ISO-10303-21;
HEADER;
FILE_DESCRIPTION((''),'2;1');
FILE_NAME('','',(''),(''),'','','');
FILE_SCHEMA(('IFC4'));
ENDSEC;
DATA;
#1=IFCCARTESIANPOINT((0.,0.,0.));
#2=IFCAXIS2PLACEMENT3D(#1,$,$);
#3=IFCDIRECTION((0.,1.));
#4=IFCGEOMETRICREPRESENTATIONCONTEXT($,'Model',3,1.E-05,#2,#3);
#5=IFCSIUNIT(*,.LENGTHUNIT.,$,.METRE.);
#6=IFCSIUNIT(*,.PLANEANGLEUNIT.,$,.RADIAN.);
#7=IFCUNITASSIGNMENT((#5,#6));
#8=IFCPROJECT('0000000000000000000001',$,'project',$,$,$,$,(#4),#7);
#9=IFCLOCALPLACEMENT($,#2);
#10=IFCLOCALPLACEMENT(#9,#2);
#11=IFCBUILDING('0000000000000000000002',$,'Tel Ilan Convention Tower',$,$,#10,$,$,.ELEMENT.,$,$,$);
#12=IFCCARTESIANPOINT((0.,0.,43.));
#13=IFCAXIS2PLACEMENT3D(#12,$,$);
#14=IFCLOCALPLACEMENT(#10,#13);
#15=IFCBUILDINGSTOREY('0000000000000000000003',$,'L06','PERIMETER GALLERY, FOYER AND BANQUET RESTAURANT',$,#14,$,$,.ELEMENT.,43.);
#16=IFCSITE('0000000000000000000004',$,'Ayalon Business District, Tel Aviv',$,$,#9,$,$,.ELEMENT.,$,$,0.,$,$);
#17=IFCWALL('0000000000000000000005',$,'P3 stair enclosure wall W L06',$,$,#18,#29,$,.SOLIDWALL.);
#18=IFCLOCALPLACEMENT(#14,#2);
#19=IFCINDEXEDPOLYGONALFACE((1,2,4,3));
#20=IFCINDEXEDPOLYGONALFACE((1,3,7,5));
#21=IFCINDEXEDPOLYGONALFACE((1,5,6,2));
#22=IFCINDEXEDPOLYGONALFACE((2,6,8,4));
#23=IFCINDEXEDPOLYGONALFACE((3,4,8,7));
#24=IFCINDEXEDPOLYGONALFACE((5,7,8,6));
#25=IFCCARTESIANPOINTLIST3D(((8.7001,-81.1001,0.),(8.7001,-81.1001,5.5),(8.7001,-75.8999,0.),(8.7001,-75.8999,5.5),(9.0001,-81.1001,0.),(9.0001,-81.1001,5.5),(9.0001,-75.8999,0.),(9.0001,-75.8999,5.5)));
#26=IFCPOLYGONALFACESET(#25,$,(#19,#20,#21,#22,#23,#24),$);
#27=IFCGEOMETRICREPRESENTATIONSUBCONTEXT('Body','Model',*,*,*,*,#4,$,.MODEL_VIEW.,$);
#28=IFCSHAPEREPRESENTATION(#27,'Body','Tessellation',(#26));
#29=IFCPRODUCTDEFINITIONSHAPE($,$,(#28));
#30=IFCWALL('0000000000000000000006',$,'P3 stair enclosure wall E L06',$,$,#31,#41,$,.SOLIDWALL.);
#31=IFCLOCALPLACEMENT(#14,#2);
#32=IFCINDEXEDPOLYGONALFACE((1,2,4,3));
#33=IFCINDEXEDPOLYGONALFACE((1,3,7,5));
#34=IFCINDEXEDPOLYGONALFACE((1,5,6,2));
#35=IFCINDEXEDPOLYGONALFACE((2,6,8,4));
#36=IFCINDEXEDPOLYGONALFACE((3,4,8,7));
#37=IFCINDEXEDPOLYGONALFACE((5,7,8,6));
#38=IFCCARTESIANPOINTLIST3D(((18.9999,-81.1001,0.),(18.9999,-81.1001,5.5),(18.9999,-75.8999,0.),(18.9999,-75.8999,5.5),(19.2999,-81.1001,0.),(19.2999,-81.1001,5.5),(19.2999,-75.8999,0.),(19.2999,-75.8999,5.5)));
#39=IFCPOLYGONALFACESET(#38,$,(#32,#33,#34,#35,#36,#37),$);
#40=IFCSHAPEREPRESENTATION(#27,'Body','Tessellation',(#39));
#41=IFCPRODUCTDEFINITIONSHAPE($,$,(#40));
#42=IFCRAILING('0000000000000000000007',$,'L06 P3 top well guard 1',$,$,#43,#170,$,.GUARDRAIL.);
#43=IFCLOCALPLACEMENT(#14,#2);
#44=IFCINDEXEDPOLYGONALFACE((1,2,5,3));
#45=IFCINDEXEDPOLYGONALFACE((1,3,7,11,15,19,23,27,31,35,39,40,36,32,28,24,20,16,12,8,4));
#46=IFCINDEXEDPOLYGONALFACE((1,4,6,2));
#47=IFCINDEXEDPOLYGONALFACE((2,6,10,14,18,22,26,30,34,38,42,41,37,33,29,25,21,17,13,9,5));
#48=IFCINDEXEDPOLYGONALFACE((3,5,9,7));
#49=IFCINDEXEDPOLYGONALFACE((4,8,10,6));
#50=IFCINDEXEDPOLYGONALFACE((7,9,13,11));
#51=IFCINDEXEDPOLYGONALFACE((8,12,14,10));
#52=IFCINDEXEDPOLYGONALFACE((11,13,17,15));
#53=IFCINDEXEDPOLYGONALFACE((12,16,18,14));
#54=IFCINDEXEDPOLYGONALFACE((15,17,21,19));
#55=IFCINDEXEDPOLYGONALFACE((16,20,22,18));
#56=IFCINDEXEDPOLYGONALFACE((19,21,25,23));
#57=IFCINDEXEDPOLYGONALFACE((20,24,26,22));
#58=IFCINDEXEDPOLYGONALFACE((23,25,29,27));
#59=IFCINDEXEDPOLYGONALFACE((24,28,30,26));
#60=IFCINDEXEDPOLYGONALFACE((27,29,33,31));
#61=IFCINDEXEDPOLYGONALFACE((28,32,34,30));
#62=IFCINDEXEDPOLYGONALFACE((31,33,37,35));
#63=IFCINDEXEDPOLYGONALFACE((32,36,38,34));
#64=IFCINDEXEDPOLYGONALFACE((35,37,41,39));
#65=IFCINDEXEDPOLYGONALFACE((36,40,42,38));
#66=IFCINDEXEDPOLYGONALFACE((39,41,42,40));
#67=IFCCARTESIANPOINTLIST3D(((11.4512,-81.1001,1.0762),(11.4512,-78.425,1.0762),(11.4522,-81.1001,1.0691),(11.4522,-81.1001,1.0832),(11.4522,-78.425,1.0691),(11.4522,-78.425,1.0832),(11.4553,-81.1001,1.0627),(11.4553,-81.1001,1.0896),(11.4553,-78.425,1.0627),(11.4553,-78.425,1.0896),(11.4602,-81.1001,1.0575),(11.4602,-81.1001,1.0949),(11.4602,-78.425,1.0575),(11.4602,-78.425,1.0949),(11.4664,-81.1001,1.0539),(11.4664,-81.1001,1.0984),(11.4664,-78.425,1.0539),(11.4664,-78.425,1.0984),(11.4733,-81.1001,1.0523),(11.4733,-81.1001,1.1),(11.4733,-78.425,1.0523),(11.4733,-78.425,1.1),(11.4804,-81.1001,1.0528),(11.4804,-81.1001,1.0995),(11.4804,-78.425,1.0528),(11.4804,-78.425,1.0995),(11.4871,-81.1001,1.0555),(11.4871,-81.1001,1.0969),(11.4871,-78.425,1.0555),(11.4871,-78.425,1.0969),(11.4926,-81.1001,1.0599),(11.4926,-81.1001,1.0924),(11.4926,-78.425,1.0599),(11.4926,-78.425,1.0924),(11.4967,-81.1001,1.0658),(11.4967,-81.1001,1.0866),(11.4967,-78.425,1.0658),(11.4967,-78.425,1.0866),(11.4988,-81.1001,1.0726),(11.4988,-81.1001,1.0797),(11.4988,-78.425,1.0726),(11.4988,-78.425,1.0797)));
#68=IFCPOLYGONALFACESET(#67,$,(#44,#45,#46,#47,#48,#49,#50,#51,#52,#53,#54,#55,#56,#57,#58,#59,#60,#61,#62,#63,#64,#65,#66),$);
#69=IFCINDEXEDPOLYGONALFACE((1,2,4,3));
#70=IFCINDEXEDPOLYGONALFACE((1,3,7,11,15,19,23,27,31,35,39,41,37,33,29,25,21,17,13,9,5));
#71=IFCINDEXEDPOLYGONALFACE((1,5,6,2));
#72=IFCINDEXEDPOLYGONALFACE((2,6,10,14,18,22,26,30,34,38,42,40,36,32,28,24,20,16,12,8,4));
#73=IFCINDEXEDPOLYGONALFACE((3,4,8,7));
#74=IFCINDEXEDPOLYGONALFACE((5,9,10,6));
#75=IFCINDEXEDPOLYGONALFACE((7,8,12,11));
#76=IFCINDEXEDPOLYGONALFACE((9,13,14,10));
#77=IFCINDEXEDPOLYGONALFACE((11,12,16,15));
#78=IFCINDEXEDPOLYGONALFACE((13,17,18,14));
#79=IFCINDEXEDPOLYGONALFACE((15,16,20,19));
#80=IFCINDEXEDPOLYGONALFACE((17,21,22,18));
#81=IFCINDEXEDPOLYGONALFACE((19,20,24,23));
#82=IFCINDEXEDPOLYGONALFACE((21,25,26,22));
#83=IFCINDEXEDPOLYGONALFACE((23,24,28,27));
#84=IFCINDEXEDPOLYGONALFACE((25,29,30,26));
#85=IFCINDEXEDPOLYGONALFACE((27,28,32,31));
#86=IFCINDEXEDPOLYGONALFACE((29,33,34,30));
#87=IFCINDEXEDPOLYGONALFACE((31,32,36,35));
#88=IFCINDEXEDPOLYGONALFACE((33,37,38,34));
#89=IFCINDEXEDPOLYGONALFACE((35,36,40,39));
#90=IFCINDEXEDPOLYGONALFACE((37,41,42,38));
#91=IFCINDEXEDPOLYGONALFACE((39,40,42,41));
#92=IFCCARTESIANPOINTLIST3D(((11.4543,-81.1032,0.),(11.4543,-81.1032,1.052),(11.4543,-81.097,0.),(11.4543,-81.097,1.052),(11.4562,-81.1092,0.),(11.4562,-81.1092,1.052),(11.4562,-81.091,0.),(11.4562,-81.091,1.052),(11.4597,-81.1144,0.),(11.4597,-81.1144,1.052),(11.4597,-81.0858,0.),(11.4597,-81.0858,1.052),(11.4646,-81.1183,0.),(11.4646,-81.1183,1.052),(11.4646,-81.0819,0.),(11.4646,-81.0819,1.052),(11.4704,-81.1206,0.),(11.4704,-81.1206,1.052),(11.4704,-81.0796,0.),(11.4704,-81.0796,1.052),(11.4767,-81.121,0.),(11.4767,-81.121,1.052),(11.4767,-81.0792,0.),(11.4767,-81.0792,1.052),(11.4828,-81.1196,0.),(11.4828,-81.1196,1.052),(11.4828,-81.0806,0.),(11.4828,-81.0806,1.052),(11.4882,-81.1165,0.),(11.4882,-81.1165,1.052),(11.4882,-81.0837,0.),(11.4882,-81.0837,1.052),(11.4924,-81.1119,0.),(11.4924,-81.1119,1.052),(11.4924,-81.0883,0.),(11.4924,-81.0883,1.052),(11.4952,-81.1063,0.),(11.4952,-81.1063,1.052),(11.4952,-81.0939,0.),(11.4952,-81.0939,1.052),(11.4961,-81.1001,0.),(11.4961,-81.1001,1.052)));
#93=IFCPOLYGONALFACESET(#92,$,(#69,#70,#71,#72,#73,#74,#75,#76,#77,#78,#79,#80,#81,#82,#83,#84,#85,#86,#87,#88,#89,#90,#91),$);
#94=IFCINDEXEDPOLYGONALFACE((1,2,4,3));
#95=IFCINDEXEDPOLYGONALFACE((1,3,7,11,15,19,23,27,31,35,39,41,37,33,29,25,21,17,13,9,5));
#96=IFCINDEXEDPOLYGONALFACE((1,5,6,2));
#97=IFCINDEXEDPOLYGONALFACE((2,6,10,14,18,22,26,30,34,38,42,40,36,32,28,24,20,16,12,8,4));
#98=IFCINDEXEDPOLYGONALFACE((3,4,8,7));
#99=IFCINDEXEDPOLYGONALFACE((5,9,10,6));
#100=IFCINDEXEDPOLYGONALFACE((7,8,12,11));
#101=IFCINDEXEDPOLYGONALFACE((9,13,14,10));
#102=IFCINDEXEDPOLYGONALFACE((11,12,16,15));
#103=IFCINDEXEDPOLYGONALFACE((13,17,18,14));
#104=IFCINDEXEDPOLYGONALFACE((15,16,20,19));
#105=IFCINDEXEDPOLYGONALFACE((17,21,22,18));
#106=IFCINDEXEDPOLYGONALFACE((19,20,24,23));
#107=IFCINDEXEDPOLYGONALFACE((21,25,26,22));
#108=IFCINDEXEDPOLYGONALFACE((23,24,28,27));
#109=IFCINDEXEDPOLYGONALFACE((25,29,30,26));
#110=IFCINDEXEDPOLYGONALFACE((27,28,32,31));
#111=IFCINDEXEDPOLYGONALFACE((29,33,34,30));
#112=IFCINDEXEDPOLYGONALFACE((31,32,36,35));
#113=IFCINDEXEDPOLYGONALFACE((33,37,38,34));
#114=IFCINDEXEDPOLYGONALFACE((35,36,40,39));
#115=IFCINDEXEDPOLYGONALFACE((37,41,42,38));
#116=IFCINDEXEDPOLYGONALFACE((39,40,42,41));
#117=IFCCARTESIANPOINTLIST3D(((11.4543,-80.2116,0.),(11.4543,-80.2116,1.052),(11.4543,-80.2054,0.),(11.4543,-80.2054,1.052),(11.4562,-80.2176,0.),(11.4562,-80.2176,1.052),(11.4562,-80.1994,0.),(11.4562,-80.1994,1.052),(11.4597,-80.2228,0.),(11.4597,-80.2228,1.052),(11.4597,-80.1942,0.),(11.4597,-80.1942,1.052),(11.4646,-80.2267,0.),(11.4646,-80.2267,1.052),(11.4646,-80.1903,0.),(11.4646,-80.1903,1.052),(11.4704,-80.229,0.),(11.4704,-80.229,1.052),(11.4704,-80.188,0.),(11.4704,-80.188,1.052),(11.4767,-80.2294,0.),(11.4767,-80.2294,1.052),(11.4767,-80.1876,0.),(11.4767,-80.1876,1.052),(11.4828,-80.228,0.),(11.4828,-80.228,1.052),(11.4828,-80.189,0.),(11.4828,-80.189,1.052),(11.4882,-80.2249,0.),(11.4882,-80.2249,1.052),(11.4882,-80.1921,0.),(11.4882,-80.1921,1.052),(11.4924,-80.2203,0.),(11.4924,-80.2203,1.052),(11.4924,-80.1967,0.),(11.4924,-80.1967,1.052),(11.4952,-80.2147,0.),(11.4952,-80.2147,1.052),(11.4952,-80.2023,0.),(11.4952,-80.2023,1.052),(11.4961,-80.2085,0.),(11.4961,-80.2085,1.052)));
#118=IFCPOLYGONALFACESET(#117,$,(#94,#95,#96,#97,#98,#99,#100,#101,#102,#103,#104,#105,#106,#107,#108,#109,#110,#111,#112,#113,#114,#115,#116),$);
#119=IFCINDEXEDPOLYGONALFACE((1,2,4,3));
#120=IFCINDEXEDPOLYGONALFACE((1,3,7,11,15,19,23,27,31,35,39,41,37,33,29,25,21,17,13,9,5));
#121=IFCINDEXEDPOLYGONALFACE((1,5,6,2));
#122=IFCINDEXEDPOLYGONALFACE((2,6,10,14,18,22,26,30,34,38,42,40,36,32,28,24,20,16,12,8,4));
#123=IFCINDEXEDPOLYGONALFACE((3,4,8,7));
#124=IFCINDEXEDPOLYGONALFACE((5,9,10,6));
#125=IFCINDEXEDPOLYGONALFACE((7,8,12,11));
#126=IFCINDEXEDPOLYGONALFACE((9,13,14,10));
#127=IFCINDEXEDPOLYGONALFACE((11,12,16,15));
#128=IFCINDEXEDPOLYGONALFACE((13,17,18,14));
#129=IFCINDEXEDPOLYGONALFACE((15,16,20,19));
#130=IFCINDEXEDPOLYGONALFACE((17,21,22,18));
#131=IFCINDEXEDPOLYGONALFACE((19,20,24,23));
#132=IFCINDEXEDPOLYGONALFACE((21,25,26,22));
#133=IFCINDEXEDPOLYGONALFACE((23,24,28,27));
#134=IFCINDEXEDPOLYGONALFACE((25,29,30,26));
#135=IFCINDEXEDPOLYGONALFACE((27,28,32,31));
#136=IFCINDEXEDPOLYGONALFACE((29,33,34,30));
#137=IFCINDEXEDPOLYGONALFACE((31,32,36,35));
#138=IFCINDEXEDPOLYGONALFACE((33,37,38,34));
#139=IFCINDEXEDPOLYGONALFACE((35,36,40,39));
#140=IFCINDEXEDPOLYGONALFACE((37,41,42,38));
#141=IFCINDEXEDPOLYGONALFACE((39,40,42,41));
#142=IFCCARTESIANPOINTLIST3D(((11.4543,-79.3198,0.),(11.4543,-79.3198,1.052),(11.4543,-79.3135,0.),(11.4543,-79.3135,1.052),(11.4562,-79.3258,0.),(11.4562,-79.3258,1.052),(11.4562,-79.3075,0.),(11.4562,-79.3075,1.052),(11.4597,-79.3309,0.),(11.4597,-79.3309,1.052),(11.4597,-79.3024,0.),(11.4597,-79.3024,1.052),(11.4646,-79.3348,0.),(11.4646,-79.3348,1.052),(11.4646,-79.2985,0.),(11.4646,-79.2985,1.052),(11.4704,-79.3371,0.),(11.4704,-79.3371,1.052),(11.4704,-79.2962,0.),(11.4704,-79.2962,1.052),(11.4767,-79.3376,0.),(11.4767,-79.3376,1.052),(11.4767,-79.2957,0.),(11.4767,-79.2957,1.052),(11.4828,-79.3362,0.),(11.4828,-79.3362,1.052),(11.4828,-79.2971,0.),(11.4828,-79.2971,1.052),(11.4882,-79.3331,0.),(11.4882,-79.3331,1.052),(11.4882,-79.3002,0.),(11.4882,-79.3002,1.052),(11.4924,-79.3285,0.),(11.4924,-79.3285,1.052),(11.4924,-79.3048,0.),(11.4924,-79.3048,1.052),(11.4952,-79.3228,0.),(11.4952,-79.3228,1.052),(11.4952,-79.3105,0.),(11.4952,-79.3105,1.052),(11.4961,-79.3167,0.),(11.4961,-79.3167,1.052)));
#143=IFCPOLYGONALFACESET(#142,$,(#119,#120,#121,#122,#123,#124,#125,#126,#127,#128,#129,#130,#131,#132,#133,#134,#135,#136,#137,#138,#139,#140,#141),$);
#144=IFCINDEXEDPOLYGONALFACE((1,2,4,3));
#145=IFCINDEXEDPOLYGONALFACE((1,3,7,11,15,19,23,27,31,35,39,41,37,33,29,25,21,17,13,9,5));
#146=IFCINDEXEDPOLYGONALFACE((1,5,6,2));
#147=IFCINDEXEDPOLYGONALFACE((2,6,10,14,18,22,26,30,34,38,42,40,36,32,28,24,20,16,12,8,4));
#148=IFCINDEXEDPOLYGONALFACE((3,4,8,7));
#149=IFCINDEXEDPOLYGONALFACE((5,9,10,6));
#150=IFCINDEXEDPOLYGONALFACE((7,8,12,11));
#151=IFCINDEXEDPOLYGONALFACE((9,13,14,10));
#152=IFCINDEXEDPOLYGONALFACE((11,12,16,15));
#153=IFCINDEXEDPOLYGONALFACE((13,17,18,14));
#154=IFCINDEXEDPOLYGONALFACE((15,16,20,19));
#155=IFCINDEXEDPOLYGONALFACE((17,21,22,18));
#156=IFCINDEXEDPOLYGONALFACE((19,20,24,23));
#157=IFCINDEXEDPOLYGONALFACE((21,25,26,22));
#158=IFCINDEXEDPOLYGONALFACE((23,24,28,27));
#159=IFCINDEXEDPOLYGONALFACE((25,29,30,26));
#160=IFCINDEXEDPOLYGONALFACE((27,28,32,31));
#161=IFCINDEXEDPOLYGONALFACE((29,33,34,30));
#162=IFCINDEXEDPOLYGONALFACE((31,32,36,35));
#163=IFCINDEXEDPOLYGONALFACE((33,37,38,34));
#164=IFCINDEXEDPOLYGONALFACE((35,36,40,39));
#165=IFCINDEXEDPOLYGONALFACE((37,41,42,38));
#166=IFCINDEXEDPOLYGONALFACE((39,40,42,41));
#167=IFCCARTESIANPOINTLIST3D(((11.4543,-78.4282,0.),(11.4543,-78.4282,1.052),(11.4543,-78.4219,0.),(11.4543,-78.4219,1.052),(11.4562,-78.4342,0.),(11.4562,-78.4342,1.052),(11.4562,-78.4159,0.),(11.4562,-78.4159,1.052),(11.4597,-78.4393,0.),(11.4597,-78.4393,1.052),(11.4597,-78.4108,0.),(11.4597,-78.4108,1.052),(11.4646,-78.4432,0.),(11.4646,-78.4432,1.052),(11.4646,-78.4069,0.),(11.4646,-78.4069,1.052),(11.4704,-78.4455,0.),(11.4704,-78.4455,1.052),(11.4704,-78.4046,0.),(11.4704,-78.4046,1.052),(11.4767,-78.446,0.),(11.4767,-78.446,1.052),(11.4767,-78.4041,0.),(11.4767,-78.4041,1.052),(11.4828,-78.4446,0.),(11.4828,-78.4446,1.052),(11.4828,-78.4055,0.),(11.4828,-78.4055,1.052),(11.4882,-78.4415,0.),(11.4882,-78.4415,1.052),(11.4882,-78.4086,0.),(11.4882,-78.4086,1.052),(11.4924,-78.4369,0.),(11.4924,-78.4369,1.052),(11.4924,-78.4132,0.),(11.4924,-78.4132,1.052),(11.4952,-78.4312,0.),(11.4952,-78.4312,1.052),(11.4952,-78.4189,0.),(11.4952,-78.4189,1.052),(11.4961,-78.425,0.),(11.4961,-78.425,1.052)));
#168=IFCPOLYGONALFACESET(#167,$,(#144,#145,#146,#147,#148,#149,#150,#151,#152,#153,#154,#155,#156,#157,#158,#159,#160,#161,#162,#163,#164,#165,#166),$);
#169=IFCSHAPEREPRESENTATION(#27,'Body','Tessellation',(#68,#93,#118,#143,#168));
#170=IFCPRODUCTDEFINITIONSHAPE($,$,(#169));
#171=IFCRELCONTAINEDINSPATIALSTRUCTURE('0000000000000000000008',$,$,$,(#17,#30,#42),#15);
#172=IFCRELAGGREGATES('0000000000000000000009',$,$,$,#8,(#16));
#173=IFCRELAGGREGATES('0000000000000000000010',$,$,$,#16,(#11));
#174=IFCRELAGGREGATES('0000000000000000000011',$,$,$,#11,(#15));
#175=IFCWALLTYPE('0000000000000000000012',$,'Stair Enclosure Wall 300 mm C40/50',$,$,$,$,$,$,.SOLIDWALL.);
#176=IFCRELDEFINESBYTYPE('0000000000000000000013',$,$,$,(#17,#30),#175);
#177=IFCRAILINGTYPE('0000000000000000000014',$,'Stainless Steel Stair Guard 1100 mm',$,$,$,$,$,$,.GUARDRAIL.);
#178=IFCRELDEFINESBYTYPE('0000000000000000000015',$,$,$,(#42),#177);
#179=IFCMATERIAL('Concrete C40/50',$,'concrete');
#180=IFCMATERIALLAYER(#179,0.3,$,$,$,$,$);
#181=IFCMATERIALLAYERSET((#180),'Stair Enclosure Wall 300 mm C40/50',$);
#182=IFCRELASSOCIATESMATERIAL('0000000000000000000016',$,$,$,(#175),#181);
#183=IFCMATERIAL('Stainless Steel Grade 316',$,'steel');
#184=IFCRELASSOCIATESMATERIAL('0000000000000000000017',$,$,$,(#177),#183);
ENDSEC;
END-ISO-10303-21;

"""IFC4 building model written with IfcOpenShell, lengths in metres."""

from ifc_helpers import new_model, si_unit, direction, frame, frame_2d, origin, origin_2d, place, context, subcontext, project, spatial, rectangle, circle, extrude, material, layer, layer_set, type_object, element, save


model = new_model("IFC4")

# Units and contexts
model_context = context("Model", 3, precision=1e-05, world=origin(), true_north=direction((0.0, 1.0)))
body_context = subcontext(model_context, "Body", "Model", "MODEL_VIEW")
ifc_project = project(units=[si_unit("LENGTHUNIT", "METRE"), si_unit("PLANEANGLEUNIT", "RADIAN")], contexts=[model_context])

# Site, building, storey
site_placement = place(None, origin())
site = spatial("IfcSite", under=ifc_project, at=site_placement, Name="Ayalon Business District, Tel Aviv", CompositionType="ELEMENT", RefElevation=0.0)
building_placement = place(site_placement, origin())
building = spatial("IfcBuilding", under=site, at=building_placement, Name="Tel Ilan Convention Tower", CompositionType="ELEMENT")
storey_placement = place(building_placement, frame((0.0, 0.0, 43.0)))
storey = spatial("IfcBuildingStorey", under=building, at=storey_placement, Name="L06", Description="PERIMETER GALLERY, FOYER AND BANQUET RESTAURANT", CompositionType="ELEMENT", Elevation=43.0)

# Shared definitions
ifc_material_1 = material(Name="Concrete C40/50", Category="concrete")
ifc_layer_1 = layer(ifc_material_1, 0.3)
ifc_layer_set_1 = layer_set([ifc_layer_1], Name="Stair Enclosure Wall 300 mm C40/50")
wall_type_1 = type_object("IfcWallType", Name="Stair Enclosure Wall 300 mm C40/50", PredefinedType="SOLIDWALL", material=ifc_layer_set_1)

# Walls
for number, where, z_axis, x_axis, name in (
    (1, (8.8501, -81.1001, 0.0), (0.0, 0.0, 1.0), (0.0, 1.0, 0.0), "P3 stair enclosure wall W L06"),
    (2, (19.1499, -81.1001, 0.0), (0.0, 0.0, 1.0), (0.0, 1.0, 0.0), "P3 stair enclosure wall E L06"),
):
    element("IfcWall", number, at=place(storey_placement, frame(where, z_axis=z_axis, x_axis=x_axis)), inside=storey, type_object=wall_type_1, Name=name, PredefinedType="SOLIDWALL", context=body_context, shape_type="SweptSolid", body=[
        extrude(rectangle(XDim=5.2002, YDim=0.3, at=frame_2d((2.6001, 0.0))), origin(), (0.0, 0.0, 1.0), 5.5),
    ])

# Railing
ifc_material_2 = material(Name="Stainless Steel Grade 316", Category="steel")
railing_type = type_object("IfcRailingType", Name="Stainless Steel Stair Guard 1100 mm", PredefinedType="GUARDRAIL", material=ifc_material_2)
railing_placement = place(storey_placement, frame((11.4751, -81.1001, 0.0)))
element("IfcRailing", 3, at=railing_placement, inside=storey, type_object=railing_type, Name="L06 P3 top well guard 1", PredefinedType="GUARDRAIL", context=body_context, shape_type="SweptSolid", body=[
    extrude(circle(Radius=0.0239, at=origin_2d()), frame((0.0, 0.0, 1.0762), z_axis=(0.0, 1.0, 0.0), x_axis=(-1.0, 0.0, 0.0)), (0.0, 0.0, 1.0), 2.675),
    extrude(circle(Radius=0.021, at=origin_2d()), origin(), (0.0, 0.0, 1.0), 1.052),
    extrude(circle(Radius=0.021, at=origin_2d()), frame((0.0, 0.8916, 0.0)), (0.0, 0.0, 1.0), 1.052),
    extrude(circle(Radius=0.021, at=origin_2d()), frame((0.0, 1.7834, 0.0)), (0.0, 0.0, 1.0), 1.052),
    extrude(circle(Radius=0.021, at=origin_2d()), frame((0.0, 2.675, 0.0)), (0.0, 0.0, 1.0), 1.052),
])

save(model, "model.ifc")
